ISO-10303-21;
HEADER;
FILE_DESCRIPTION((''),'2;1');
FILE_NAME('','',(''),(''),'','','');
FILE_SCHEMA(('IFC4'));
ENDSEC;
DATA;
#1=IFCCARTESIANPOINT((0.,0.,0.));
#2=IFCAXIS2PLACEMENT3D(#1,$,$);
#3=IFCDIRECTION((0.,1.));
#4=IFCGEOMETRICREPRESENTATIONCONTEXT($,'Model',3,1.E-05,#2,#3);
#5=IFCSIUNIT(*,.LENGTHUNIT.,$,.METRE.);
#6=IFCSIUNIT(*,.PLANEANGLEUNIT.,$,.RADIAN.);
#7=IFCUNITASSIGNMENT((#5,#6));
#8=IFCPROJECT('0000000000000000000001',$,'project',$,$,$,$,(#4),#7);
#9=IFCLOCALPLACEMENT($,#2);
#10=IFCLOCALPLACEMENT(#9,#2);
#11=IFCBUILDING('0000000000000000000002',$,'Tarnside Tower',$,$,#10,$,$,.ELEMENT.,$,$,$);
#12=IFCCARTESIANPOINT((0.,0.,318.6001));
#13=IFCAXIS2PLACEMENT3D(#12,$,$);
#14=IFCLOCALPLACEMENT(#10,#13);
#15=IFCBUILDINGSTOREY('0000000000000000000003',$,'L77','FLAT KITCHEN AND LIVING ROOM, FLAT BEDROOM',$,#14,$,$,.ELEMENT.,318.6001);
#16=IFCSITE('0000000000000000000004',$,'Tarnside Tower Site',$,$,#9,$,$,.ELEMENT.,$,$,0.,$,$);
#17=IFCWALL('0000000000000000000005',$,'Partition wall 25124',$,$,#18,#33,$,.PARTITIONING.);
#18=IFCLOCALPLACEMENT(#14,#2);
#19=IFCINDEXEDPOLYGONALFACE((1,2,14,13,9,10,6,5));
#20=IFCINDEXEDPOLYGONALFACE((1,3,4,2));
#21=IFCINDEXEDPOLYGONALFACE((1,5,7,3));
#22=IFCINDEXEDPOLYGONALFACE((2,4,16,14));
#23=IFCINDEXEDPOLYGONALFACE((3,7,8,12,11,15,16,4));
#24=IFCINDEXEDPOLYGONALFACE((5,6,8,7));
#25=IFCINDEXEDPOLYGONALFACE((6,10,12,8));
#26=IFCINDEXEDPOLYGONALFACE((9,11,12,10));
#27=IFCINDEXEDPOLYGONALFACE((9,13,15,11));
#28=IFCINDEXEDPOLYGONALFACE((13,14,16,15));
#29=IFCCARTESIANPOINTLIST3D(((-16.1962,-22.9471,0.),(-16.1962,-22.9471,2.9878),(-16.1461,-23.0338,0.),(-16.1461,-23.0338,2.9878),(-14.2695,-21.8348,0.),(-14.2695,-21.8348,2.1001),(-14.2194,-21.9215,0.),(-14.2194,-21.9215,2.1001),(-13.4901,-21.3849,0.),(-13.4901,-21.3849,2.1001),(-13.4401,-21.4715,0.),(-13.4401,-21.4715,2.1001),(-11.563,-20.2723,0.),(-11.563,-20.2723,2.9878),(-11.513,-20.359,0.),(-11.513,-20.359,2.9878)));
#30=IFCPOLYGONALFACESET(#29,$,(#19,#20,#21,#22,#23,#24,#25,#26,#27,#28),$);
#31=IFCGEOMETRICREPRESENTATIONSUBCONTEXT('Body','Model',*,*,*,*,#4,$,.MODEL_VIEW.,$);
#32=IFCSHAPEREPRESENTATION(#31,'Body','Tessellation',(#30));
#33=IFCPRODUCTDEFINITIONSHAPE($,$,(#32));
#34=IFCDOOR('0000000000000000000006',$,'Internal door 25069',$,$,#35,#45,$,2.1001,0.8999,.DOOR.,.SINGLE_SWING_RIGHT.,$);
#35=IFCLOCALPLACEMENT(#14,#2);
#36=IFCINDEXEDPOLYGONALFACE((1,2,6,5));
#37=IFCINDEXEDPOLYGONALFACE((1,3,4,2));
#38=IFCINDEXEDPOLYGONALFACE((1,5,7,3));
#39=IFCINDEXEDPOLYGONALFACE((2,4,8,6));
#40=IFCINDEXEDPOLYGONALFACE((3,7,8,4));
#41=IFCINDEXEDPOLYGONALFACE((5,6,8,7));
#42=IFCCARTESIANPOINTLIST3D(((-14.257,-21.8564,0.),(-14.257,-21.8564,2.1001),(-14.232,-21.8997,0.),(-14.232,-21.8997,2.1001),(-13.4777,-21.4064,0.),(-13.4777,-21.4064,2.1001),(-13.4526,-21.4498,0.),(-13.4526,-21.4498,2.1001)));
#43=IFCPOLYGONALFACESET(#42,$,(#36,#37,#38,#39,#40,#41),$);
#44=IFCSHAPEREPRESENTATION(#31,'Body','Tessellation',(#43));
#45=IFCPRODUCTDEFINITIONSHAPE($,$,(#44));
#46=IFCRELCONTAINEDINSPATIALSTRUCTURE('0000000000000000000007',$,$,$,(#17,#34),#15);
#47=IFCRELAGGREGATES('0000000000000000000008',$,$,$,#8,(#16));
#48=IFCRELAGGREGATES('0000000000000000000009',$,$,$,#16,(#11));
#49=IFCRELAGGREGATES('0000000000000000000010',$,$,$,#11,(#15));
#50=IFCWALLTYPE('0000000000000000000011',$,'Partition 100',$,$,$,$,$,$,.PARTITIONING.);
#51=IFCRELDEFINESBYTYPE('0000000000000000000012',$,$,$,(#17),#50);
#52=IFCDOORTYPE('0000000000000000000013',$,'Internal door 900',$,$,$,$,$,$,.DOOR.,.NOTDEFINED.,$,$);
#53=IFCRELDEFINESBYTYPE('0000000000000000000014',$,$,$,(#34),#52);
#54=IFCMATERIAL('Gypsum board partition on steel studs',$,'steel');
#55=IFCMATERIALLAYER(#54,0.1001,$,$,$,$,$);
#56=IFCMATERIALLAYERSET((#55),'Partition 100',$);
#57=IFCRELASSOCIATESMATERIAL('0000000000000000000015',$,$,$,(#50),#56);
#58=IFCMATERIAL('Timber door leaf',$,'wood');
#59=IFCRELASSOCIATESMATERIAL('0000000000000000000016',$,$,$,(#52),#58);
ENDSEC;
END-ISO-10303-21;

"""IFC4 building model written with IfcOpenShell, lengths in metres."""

from ifc_helpers import new_model, si_unit, direction, frame, frame_2d, origin, place, context, subcontext, project, spatial, rectangle, extrude, material, layer, layer_set, type_object, element, fill, save


model = new_model("IFC4")

# Units and contexts
model_context = context("Model", 3, precision=1e-05, world=origin(), true_north=direction((0.0, 1.0)))
body_context = subcontext(model_context, "Body", "Model", "MODEL_VIEW")
ifc_project = project(units=[si_unit("LENGTHUNIT", "METRE"), si_unit("PLANEANGLEUNIT", "RADIAN")], contexts=[model_context])

# Site, building, storey
site_placement = place(None, origin())
site = spatial("IfcSite", under=ifc_project, at=site_placement, Name="Tarnside Tower Site", CompositionType="ELEMENT", RefElevation=0.0)
building_placement = place(site_placement, origin())
building = spatial("IfcBuilding", under=site, at=building_placement, Name="Tarnside Tower", CompositionType="ELEMENT")
storey_placement = place(building_placement, frame((0.0, 0.0, 318.6001)))
storey = spatial("IfcBuildingStorey", under=building, at=storey_placement, Name="L77", Description="FLAT KITCHEN AND LIVING ROOM, FLAT BEDROOM", CompositionType="ELEMENT", Elevation=318.6001)

# Shared definitions
ifc_material_1 = material(Name="Gypsum board partition on steel studs", Category="steel")

# Wall, opening, door
ifc_layer_1 = layer(ifc_material_1, 0.1001)
ifc_layer_set_1 = layer_set([ifc_layer_1], Name="Partition 100")
wall_type_1 = type_object("IfcWallType", Name="Partition 100", PredefinedType="PARTITIONING", material=ifc_layer_set_1)
wall_1_placement = place(storey_placement, frame((-11.5381, -20.3157, 0.0), z_axis=(0.0, 0.0, 1.0), x_axis=(-0.866033, -0.499987, 0.0)))
wall_1 = element("IfcWall", 1, at=wall_1_placement, inside=storey, type_object=wall_type_1, Name="Partition wall 25124", PredefinedType="PARTITIONING", context=body_context, shape_type="SweptSolid", body=[
    extrude(rectangle(XDim=5.3499, YDim=0.1001, at=frame_2d((2.6748, 0.0))), origin(), (0.0, 0.0, 1.0), 2.9878),
])
opening_1_placement = place(wall_1_placement, frame((2.2251, 0.0, 0.0)))
opening_1 = element("IfcOpeningElement", 2, at=opening_1_placement, cuts=wall_1, PredefinedType="OPENING", context=body_context, shape_type="SweptSolid", body=[
    extrude(rectangle(XDim=0.8999, YDim=2.1001, at=frame_2d((0.45, 1.05))), frame((0.0, 0.0601, 0.0), z_axis=(0.0, -1.0, 0.0), x_axis=(1.0, 0.0, 0.0)), (0.0, 0.0, 1.0), 0.1201),
])
ifc_material_2 = material(Name="Timber door leaf", Category="wood")
door_type_1 = type_object("IfcDoorType", Name="Internal door 900", OperationType="NOTDEFINED", PredefinedType="DOOR", material=ifc_material_2)
door_1_placement = place(opening_1_placement, origin())
door_1 = element("IfcDoor", 3, at=door_1_placement, inside=storey, type_object=door_type_1, Name="Internal door 25069", OperationType="SINGLE_SWING_RIGHT", OverallHeight=2.1001, OverallWidth=0.8999, PredefinedType="DOOR", context=body_context, shape_type="SweptSolid", body=[
    extrude(rectangle(XDim=0.8999, YDim=2.1001, at=frame_2d((0.45, 1.05))), frame((0.0, 0.0249, 0.0), z_axis=(0.0, -1.0, 0.0), x_axis=(1.0, 0.0, 0.0)), (0.0, 0.0, 1.0), 0.05),
])
fill(opening_1, door_1)

save(model, "model.ifc")
